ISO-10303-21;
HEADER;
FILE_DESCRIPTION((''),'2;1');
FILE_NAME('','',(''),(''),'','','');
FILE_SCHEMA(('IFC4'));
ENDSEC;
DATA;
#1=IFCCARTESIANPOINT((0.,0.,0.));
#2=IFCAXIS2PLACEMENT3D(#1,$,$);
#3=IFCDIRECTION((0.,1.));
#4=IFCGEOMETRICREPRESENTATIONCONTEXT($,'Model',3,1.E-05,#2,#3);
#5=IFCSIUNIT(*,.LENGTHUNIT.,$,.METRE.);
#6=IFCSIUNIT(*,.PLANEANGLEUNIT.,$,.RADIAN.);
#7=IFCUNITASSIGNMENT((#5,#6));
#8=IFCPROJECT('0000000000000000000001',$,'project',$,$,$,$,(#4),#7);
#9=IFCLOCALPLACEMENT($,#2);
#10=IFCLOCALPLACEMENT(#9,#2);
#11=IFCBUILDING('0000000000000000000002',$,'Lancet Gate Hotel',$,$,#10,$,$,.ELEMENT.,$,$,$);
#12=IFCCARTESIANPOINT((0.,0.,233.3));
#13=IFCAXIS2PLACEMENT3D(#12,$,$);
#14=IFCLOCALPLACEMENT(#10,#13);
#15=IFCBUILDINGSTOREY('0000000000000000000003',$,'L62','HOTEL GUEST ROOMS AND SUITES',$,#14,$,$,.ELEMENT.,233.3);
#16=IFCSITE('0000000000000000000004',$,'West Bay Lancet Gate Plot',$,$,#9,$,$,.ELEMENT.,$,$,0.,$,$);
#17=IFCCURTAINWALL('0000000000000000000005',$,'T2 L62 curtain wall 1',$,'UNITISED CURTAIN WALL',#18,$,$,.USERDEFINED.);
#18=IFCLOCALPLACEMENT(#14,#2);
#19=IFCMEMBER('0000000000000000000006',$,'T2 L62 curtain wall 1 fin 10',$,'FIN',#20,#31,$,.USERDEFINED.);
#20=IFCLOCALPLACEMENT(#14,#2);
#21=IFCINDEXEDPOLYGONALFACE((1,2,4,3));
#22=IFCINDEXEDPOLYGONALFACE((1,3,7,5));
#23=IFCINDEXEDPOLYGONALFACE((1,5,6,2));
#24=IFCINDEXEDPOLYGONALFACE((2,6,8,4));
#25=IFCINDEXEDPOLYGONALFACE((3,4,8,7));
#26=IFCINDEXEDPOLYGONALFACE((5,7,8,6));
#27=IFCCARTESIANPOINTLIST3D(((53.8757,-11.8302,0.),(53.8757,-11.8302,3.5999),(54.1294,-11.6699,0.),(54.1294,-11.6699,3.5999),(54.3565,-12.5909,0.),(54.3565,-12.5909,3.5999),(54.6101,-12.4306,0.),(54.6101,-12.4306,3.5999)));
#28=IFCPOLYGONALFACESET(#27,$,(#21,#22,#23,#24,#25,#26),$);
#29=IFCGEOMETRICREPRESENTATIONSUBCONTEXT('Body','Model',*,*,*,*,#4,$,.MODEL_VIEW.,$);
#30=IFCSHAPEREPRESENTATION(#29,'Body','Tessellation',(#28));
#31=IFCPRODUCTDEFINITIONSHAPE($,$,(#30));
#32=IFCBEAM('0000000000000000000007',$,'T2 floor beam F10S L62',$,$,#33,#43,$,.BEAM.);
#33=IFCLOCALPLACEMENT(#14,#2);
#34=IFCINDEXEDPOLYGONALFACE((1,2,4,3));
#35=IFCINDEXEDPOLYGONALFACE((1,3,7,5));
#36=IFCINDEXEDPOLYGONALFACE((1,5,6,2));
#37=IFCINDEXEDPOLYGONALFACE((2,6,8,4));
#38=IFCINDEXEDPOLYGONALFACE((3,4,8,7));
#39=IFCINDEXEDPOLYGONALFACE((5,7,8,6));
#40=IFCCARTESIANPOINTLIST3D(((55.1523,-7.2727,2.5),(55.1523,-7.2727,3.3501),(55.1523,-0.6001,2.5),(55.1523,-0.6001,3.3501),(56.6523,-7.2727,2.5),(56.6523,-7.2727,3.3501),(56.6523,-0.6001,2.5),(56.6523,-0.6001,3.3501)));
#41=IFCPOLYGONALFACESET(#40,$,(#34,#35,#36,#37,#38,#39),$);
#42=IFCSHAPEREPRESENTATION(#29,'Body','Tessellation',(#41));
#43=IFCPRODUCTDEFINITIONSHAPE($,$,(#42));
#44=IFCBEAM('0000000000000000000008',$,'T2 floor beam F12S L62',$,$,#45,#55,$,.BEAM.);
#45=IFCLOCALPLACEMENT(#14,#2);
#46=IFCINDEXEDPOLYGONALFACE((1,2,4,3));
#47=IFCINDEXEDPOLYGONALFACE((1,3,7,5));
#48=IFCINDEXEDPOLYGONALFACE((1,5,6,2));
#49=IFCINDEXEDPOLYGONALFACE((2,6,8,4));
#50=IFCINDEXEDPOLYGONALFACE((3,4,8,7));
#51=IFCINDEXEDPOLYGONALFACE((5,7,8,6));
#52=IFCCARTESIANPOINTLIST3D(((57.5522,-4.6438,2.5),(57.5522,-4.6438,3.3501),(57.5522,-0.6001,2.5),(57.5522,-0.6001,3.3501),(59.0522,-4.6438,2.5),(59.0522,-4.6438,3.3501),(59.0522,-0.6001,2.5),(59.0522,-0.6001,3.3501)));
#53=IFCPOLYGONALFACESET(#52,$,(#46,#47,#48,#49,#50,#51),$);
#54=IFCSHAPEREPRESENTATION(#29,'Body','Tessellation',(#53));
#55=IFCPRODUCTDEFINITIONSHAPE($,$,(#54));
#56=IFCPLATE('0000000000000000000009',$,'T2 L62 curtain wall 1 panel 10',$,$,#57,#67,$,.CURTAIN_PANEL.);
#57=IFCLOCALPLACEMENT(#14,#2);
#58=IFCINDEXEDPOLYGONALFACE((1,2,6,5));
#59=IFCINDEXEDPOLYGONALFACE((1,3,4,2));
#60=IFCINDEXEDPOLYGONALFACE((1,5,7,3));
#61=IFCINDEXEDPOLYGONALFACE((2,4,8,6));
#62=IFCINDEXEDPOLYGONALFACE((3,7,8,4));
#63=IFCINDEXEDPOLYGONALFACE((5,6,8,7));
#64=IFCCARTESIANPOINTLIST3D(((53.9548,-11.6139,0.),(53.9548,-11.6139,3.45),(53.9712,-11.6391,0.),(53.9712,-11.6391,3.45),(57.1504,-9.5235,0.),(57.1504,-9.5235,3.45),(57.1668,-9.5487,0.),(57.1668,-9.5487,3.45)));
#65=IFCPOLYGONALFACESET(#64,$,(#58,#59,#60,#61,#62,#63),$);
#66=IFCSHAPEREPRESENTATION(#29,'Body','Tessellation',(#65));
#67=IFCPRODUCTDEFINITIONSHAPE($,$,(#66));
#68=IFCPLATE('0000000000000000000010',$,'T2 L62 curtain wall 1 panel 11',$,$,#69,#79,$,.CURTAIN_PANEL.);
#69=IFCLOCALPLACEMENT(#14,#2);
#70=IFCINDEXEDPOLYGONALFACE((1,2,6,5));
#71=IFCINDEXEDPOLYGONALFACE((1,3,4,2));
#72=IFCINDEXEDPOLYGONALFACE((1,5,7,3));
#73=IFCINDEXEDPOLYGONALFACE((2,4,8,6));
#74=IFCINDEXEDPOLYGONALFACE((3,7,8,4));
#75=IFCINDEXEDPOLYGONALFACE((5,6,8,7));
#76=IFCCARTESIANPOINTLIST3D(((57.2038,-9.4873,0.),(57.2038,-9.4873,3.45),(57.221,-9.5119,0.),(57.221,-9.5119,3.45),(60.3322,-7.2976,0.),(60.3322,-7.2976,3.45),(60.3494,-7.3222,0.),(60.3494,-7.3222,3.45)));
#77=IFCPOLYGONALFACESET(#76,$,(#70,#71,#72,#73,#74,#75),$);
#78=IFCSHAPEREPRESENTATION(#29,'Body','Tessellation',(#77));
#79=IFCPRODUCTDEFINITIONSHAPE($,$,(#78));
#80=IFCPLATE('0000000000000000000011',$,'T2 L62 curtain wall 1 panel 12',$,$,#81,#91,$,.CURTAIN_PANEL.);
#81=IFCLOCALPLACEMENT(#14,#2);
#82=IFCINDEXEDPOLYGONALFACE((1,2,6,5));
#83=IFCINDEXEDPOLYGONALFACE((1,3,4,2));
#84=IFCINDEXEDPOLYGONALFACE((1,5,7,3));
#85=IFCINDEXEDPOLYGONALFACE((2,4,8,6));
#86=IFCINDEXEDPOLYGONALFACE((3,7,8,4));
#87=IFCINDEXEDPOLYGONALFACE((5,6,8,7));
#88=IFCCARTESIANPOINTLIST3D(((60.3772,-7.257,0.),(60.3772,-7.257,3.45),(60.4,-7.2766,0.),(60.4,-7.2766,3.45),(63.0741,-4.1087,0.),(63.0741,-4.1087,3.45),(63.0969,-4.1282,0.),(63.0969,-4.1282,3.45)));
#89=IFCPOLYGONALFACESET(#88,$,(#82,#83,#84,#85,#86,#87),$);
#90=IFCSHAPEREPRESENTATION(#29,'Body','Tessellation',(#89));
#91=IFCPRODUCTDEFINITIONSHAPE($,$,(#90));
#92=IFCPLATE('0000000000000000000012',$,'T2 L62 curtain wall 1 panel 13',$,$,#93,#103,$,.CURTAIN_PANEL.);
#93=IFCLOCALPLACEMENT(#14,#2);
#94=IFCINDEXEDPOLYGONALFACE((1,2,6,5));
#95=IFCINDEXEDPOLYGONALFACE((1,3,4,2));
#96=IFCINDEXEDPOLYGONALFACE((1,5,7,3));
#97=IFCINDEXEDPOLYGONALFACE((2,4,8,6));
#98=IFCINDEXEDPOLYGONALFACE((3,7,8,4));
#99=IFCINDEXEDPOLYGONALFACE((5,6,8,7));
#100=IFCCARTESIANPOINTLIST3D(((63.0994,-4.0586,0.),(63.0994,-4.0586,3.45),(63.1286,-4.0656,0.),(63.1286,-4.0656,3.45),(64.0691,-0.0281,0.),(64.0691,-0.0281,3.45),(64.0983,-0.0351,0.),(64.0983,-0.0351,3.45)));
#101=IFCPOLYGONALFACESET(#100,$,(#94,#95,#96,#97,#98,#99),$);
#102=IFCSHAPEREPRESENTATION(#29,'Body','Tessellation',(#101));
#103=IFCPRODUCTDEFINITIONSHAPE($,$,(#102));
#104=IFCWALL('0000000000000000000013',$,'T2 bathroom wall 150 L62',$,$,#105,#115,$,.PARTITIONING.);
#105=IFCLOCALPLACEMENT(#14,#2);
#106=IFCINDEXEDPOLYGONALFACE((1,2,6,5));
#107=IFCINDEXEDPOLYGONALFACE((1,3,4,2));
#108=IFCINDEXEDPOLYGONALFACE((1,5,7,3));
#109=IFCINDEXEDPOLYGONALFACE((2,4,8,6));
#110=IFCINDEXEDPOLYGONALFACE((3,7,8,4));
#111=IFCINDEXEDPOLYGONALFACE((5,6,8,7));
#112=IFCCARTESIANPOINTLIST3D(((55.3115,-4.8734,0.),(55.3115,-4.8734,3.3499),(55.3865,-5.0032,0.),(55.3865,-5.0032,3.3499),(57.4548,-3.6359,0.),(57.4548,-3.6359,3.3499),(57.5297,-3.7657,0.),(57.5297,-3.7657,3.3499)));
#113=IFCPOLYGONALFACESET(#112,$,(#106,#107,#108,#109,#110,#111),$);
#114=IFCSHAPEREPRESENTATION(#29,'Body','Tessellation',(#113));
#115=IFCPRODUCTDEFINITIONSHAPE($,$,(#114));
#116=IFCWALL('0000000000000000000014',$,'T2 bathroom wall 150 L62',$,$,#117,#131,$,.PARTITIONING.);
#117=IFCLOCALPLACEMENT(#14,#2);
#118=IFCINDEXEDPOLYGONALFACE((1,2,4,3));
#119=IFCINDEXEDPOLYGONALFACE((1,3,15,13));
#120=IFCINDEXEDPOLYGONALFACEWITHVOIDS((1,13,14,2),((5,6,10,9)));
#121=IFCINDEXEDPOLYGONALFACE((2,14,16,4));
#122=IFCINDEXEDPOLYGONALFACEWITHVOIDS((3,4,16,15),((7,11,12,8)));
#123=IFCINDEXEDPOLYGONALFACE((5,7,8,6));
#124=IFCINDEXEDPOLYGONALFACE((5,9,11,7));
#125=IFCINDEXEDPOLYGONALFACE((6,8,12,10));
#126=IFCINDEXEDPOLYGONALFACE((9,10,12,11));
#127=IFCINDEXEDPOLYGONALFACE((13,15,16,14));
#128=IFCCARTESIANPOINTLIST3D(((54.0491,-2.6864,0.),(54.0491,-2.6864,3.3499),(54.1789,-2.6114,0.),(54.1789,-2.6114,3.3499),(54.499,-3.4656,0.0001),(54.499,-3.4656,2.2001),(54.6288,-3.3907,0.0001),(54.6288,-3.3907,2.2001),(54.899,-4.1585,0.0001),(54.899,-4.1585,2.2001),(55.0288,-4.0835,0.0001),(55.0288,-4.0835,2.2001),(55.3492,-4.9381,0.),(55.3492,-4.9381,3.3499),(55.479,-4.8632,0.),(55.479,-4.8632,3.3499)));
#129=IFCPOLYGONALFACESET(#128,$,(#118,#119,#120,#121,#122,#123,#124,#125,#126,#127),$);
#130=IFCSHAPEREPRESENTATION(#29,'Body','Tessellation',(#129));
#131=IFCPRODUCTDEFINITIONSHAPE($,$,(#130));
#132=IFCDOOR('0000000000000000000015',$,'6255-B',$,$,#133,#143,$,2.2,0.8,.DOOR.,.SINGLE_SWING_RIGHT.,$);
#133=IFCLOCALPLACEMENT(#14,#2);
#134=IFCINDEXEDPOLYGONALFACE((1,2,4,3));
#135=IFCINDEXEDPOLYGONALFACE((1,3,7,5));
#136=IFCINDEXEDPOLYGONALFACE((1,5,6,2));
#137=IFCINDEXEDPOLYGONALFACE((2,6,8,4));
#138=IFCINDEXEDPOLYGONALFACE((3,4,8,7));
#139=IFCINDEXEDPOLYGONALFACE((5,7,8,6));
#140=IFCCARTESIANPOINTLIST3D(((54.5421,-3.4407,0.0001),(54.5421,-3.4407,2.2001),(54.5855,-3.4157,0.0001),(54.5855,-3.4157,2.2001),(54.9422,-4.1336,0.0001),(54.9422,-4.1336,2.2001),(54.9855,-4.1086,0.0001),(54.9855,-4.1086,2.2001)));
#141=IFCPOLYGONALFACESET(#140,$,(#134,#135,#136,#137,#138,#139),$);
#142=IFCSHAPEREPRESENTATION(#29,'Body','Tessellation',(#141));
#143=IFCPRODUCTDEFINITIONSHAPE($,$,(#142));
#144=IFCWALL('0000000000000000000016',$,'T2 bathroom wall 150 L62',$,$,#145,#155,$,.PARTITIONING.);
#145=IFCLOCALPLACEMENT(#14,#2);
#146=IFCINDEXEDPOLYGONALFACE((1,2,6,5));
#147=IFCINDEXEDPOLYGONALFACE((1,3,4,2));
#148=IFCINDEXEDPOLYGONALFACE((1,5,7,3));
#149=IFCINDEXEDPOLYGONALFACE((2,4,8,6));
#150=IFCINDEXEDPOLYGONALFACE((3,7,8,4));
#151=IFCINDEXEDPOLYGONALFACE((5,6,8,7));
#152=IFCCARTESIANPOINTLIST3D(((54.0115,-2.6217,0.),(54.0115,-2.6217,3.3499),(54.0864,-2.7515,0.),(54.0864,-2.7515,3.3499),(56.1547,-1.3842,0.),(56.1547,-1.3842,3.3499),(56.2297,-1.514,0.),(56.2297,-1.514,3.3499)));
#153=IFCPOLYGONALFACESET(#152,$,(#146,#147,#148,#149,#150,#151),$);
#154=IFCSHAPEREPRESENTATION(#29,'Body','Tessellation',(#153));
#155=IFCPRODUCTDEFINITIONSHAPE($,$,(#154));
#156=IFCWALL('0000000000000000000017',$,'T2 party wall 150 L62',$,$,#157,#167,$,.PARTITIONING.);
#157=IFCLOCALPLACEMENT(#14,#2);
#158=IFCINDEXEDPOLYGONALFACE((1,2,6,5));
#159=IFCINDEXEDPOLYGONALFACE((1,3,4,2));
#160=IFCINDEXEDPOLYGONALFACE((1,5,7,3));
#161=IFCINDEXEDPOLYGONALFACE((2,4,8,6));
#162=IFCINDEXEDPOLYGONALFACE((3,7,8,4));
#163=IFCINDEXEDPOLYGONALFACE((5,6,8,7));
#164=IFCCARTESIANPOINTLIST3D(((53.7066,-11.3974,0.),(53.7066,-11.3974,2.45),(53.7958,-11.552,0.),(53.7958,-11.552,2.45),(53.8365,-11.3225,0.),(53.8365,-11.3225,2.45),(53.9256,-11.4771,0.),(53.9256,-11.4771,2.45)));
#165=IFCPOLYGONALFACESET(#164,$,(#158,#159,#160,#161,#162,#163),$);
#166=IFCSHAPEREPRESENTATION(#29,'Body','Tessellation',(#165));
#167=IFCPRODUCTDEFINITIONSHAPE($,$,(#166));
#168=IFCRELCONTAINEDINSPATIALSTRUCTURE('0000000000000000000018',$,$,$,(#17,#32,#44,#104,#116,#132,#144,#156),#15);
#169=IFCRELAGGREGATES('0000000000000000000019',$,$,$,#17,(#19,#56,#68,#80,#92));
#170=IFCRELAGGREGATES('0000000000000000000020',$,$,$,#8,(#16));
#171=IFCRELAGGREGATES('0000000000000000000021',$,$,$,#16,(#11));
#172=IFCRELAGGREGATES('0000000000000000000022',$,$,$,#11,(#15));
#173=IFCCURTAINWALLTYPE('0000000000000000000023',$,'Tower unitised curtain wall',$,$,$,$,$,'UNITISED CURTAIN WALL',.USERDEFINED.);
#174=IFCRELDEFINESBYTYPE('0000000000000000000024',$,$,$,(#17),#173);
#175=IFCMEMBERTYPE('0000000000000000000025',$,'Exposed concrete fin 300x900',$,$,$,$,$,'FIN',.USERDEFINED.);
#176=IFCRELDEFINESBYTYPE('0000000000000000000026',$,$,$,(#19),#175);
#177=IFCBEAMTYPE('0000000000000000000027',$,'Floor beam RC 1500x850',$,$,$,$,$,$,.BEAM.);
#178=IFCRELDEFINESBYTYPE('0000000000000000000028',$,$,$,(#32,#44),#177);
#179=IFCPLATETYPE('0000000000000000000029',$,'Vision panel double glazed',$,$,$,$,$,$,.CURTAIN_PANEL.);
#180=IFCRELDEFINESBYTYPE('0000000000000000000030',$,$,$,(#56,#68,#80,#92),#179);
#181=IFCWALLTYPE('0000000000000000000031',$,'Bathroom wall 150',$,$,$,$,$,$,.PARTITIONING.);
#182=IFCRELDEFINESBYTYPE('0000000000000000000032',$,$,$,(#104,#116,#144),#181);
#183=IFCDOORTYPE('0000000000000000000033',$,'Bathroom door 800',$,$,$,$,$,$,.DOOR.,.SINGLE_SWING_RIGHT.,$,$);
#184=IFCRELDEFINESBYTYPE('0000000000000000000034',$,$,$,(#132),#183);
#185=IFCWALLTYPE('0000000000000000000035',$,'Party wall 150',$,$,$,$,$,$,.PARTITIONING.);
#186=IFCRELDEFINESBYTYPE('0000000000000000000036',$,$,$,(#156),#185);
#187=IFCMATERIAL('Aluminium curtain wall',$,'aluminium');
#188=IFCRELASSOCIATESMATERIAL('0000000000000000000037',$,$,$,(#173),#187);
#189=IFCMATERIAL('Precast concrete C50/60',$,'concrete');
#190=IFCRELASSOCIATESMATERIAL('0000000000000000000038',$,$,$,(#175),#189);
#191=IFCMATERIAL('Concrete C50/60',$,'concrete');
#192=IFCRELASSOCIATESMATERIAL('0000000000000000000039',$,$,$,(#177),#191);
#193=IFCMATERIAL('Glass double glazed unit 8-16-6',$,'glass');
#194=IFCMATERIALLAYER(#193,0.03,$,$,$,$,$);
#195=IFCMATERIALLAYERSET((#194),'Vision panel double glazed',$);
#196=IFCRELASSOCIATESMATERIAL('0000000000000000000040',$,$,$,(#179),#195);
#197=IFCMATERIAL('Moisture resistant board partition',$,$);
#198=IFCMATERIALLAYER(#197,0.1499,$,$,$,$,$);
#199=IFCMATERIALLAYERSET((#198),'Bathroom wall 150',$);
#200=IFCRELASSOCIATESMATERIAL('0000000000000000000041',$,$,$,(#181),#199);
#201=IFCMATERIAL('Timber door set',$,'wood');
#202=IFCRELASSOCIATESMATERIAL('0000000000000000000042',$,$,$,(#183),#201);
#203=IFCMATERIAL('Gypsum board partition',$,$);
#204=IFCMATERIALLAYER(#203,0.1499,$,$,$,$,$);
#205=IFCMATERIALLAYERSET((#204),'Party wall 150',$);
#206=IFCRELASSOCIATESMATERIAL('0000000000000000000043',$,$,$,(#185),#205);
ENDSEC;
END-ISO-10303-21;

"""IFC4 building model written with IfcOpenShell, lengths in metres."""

from ifc_helpers import new_model, si_unit, direction, frame, frame_2d, origin, origin_2d, place, context, subcontext, project, spatial, rectangle, extrude, material, layer, layer_set, material_profile, profile_set, type_object, element, fill, aggregate, save


model = new_model("IFC4")

# Units and contexts
model_context = context("Model", 3, precision=1e-05, world=origin(), true_north=direction((0.0, 1.0)))
body_context = subcontext(model_context, "Body", "Model", "MODEL_VIEW")
ifc_project = project(units=[si_unit("LENGTHUNIT", "METRE"), si_unit("PLANEANGLEUNIT", "RADIAN")], contexts=[model_context])

# Site, building, storey
site_placement = place(None, origin())
site = spatial("IfcSite", under=ifc_project, at=site_placement, Name="West Bay Lancet Gate Plot", CompositionType="ELEMENT", RefElevation=0.0)
building_placement = place(site_placement, origin())
building = spatial("IfcBuilding", under=site, at=building_placement, Name="Lancet Gate Hotel", CompositionType="ELEMENT")
storey_placement = place(building_placement, frame((0.0, 0.0, 233.3)))
storey = spatial("IfcBuildingStorey", under=building, at=storey_placement, Name="L62", Description="HOTEL GUEST ROOMS AND SUITES", CompositionType="ELEMENT", Elevation=233.3)

# Curtain wall
ifc_material_1 = material(Name="Aluminium curtain wall", Category="aluminium")
curtain_wall_type = type_object("IfcCurtainWallType", Name="Tower unitised curtain wall", ElementType="UNITISED CURTAIN WALL", PredefinedType="USERDEFINED", material=ifc_material_1)
curtain_wall_placement = place(storey_placement, origin())
curtain_wall = element("IfcCurtainWall", 1, at=curtain_wall_placement, inside=storey, type_object=curtain_wall_type, Name="T2 L62 curtain wall 1", ObjectType="UNITISED CURTAIN WALL", PredefinedType="USERDEFINED")

# Member
ifc_material_2 = material(Name="Precast concrete C50/60", Category="concrete")
ifc_material_profile_1 = material_profile(ifc_material_2, rectangle(XDim=0.3, YDim=0.8999, at=origin_2d()), Name="FIN 300x900")
ifc_profile_set_1 = profile_set([ifc_material_profile_1], Name="Precast concrete C50/60")
member_type_1 = type_object("IfcMemberType", Name="Exposed concrete fin 300x900", ElementType="FIN", PredefinedType="USERDEFINED", material=ifc_profile_set_1)
member_1_placement = place(storey_placement, frame((54.2429, -12.1304, 0.0), z_axis=(0.0, 0.0, 1.0), x_axis=(0.84534, 0.534229, 0.0)))
member_1 = element("IfcMember", 2, at=member_1_placement, type_object=member_type_1, Name="T2 L62 curtain wall 1 fin 10", ObjectType="FIN", PredefinedType="USERDEFINED", context=body_context, shape_type="SweptSolid", body=[
    extrude(rectangle(XDim=0.3, YDim=0.8999, at=origin_2d()), origin(), (0.0, 0.0, 1.0), 3.5999),
])

# Beams
ifc_material_3 = material(Name="Concrete C50/60", Category="concrete")
ifc_material_profile_2 = material_profile(ifc_material_3, rectangle(XDim=1.5, YDim=0.8501, at=origin_2d()), Name="RC 1500x850")
ifc_profile_set_2 = profile_set([ifc_material_profile_2], Name="Concrete C50/60")
beam_type_1 = type_object("IfcBeamType", Name="Floor beam RC 1500x850", PredefinedType="BEAM", material=ifc_profile_set_2)
beam_1_placement = place(storey_placement, frame((55.9023, -7.2727, 2.925), z_axis=(0.0, 1.0, 0.0), x_axis=(-1.0, 0.0, 0.0)))
element("IfcBeam", 3, at=beam_1_placement, inside=storey, type_object=beam_type_1, Name="T2 floor beam F10S L62", PredefinedType="BEAM", context=body_context, shape_type="SweptSolid", body=[
    extrude(rectangle(XDim=1.5, YDim=0.8501, at=origin_2d()), origin(), (0.0, 0.0, 1.0), 6.6726),
])
beam_2_placement = place(storey_placement, frame((58.3022, -4.6438, 2.925), z_axis=(0.0, 1.0, 0.0), x_axis=(-1.0, 0.0, 0.0)))
element("IfcBeam", 4, at=beam_2_placement, inside=storey, type_object=beam_type_1, Name="T2 floor beam F12S L62", PredefinedType="BEAM", context=body_context, shape_type="SweptSolid", body=[
    extrude(rectangle(XDim=1.5, YDim=0.8501, at=origin_2d()), origin(), (0.0, 0.0, 1.0), 4.0437),
])

# Plates
ifc_material_4 = material(Name="Glass double glazed unit 8-16-6", Category="glass")
ifc_layer_1 = layer(ifc_material_4, 0.03)
ifc_layer_set_1 = layer_set([ifc_layer_1], Name="Vision panel double glazed")
plate_type = type_object("IfcPlateType", Name="Vision panel double glazed", PredefinedType="CURTAIN_PANEL", material=ifc_layer_set_1)
plate_1_placement = place(storey_placement, frame((55.5608, -10.5813, 0.0), z_axis=(0.0, 0.0, 1.0), x_axis=(0.83685, 0.547432, 0.0)))
plate_1 = element("IfcPlate", 5, at=plate_1_placement, type_object=plate_type, Name="T2 L62 curtain wall 1 panel 10", PredefinedType="CURTAIN_PANEL", context=body_context, shape_type="SweptSolid", body=[
    extrude(rectangle(XDim=3.8186, YDim=0.03, at=origin_2d()), origin(), (0.0, 0.0, 1.0), 3.45),
])
plate_2_placement = place(storey_placement, frame((58.7766, -8.4048, 0.0), z_axis=(0.0, 0.0, 1.0), x_axis=(0.819255, 0.573429, 0.0)))
plate_2 = element("IfcPlate", 6, at=plate_2_placement, type_object=plate_type, Name="T2 L62 curtain wall 1 panel 11", PredefinedType="CURTAIN_PANEL", context=body_context, shape_type="SweptSolid", body=[
    extrude(rectangle(XDim=3.8186, YDim=0.03, at=origin_2d()), origin(), (0.0, 0.0, 1.0), 3.45),
])
plate_3_placement = place(storey_placement, frame((61.7371, -5.6926, 0.0), z_axis=(0.0, 0.0, 1.0), x_axis=(0.650552, 0.759462, 0.0)))
plate_3 = element("IfcPlate", 7, at=plate_3_placement, type_object=plate_type, Name="T2 L62 curtain wall 1 panel 12", PredefinedType="CURTAIN_PANEL", context=body_context, shape_type="SweptSolid", body=[
    extrude(rectangle(XDim=4.1455, YDim=0.03, at=origin_2d()), origin(), (0.0, 0.0, 1.0), 3.45),
])
plate_4_placement = place(storey_placement, frame((63.5989, -2.0469, 0.0), z_axis=(0.0, 0.0, 1.0), x_axis=(0.233916, 0.972257, 0.0)))
plate_4 = element("IfcPlate", 8, at=plate_4_placement, type_object=plate_type, Name="T2 L62 curtain wall 1 panel 13", PredefinedType="CURTAIN_PANEL", context=body_context, shape_type="SweptSolid", body=[
    extrude(rectangle(XDim=4.1455, YDim=0.03, at=origin_2d()), origin(), (0.0, 0.0, 1.0), 3.45),
])
aggregate(curtain_wall, [member_1, plate_1, plate_2, plate_3, plate_4])

# Wall
ifc_material_5 = material(Name="Moisture resistant board partition")
ifc_layer_2 = layer(ifc_material_5, 0.1499)
ifc_layer_set_2 = layer_set([ifc_layer_2], Name="Bathroom wall 150")
wall_type_1 = type_object("IfcWallType", Name="Bathroom wall 150", PredefinedType="PARTITIONING", material=ifc_layer_set_2)
wall_1_placement = place(storey_placement, frame((55.3491, -4.9382, 0.0), z_axis=(0.0, 0.0, 1.0), x_axis=(0.866007, 0.500033, 0.0)))
element("IfcWall", 9, at=wall_1_placement, inside=storey, type_object=wall_type_1, Name="T2 bathroom wall 150 L62", PredefinedType="PARTITIONING", context=body_context, shape_type="SweptSolid", body=[
    extrude(rectangle(XDim=2.4749, YDim=0.1499, at=frame_2d((1.2373, 0.0))), origin(), (0.0, 0.0, 1.0), 3.3499),
])

# Wall, opening, door
wall_2_placement = place(storey_placement, frame((54.114, -2.6489, 0.0), z_axis=(0.0, 0.0, 1.0), x_axis=(0.500007, -0.866021, 0.0)))
wall_2 = element("IfcWall", 10, at=wall_2_placement, inside=storey, type_object=wall_type_1, Name="T2 bathroom wall 150 L62", PredefinedType="PARTITIONING", context=body_context, shape_type="SweptSolid", body=[
    extrude(rectangle(XDim=2.6001, YDim=0.1499, at=frame_2d((1.3, 0.0))), origin(), (0.0, 0.0, 1.0), 3.3499),
])
opening_placement = place(wall_2_placement, frame((0.8999, 0.0, 0.0)))
opening = element("IfcOpeningElement", 11, at=opening_placement, cuts=wall_2, PredefinedType="OPENING", context=body_context, shape_type="SweptSolid", body=[
    extrude(rectangle(XDim=0.8, YDim=2.2, at=frame_2d((0.3999, 1.1001))), frame((0.0, 0.085, 0.0), z_axis=(0.0, -1.0, 0.0), x_axis=(1.0, 0.0, 0.0)), (0.0, 0.0, 1.0), 0.1699),
])
ifc_material_6 = material(Name="Timber door set", Category="wood")
door_type = type_object("IfcDoorType", Name="Bathroom door 800", OperationType="SINGLE_SWING_RIGHT", PredefinedType="DOOR", material=ifc_material_6)
door_placement = place(opening_placement, origin())
door = element("IfcDoor", 12, at=door_placement, inside=storey, type_object=door_type, Name="6255-B", OperationType="SINGLE_SWING_RIGHT", OverallHeight=2.2, OverallWidth=0.8, PredefinedType="DOOR", context=body_context, shape_type="SweptSolid", body=[
    extrude(rectangle(XDim=0.8, YDim=2.2, at=frame_2d((0.3999, 1.1001))), frame((0.0, 0.0249, 0.0), z_axis=(0.0, -1.0, 0.0), x_axis=(1.0, 0.0, 0.0)), (0.0, 0.0, 1.0), 0.05),
])
fill(opening, door)

# Walls
wall_3_placement = place(storey_placement, frame((54.0491, -2.6865, 0.0), z_axis=(0.0, 0.0, 1.0), x_axis=(0.866007, 0.500033, 0.0)))
element("IfcWall", 13, at=wall_3_placement, inside=storey, type_object=wall_type_1, Name="T2 bathroom wall 150 L62", PredefinedType="PARTITIONING", context=body_context, shape_type="SweptSolid", body=[
    extrude(rectangle(XDim=2.4749, YDim=0.1499, at=frame_2d((1.2373, 0.0))), origin(), (0.0, 0.0, 1.0), 3.3499),
])
ifc_material_7 = material(Name="Gypsum board partition")
ifc_layer_3 = layer(ifc_material_7, 0.1499)
ifc_layer_set_3 = layer_set([ifc_layer_3], Name="Party wall 150")
wall_type_2 = type_object("IfcWallType", Name="Party wall 150", PredefinedType="PARTITIONING", material=ifc_layer_set_3)
wall_4_placement = place(storey_placement, frame((53.7715, -11.3599, 0.0), z_axis=(0.0, 0.0, 1.0), x_axis=(0.499525, -0.866299, 0.0)))
element("IfcWall", 14, at=wall_4_placement, inside=storey, type_object=wall_type_2, Name="T2 party wall 150 L62", PredefinedType="PARTITIONING", context=body_context, shape_type="SweptSolid", body=[
    extrude(rectangle(XDim=0.1785, YDim=0.1499, at=frame_2d((0.0894, 0.0))), origin(), (0.0, 0.0, 1.0), 2.45),
])

save(model, "model.ifc")
